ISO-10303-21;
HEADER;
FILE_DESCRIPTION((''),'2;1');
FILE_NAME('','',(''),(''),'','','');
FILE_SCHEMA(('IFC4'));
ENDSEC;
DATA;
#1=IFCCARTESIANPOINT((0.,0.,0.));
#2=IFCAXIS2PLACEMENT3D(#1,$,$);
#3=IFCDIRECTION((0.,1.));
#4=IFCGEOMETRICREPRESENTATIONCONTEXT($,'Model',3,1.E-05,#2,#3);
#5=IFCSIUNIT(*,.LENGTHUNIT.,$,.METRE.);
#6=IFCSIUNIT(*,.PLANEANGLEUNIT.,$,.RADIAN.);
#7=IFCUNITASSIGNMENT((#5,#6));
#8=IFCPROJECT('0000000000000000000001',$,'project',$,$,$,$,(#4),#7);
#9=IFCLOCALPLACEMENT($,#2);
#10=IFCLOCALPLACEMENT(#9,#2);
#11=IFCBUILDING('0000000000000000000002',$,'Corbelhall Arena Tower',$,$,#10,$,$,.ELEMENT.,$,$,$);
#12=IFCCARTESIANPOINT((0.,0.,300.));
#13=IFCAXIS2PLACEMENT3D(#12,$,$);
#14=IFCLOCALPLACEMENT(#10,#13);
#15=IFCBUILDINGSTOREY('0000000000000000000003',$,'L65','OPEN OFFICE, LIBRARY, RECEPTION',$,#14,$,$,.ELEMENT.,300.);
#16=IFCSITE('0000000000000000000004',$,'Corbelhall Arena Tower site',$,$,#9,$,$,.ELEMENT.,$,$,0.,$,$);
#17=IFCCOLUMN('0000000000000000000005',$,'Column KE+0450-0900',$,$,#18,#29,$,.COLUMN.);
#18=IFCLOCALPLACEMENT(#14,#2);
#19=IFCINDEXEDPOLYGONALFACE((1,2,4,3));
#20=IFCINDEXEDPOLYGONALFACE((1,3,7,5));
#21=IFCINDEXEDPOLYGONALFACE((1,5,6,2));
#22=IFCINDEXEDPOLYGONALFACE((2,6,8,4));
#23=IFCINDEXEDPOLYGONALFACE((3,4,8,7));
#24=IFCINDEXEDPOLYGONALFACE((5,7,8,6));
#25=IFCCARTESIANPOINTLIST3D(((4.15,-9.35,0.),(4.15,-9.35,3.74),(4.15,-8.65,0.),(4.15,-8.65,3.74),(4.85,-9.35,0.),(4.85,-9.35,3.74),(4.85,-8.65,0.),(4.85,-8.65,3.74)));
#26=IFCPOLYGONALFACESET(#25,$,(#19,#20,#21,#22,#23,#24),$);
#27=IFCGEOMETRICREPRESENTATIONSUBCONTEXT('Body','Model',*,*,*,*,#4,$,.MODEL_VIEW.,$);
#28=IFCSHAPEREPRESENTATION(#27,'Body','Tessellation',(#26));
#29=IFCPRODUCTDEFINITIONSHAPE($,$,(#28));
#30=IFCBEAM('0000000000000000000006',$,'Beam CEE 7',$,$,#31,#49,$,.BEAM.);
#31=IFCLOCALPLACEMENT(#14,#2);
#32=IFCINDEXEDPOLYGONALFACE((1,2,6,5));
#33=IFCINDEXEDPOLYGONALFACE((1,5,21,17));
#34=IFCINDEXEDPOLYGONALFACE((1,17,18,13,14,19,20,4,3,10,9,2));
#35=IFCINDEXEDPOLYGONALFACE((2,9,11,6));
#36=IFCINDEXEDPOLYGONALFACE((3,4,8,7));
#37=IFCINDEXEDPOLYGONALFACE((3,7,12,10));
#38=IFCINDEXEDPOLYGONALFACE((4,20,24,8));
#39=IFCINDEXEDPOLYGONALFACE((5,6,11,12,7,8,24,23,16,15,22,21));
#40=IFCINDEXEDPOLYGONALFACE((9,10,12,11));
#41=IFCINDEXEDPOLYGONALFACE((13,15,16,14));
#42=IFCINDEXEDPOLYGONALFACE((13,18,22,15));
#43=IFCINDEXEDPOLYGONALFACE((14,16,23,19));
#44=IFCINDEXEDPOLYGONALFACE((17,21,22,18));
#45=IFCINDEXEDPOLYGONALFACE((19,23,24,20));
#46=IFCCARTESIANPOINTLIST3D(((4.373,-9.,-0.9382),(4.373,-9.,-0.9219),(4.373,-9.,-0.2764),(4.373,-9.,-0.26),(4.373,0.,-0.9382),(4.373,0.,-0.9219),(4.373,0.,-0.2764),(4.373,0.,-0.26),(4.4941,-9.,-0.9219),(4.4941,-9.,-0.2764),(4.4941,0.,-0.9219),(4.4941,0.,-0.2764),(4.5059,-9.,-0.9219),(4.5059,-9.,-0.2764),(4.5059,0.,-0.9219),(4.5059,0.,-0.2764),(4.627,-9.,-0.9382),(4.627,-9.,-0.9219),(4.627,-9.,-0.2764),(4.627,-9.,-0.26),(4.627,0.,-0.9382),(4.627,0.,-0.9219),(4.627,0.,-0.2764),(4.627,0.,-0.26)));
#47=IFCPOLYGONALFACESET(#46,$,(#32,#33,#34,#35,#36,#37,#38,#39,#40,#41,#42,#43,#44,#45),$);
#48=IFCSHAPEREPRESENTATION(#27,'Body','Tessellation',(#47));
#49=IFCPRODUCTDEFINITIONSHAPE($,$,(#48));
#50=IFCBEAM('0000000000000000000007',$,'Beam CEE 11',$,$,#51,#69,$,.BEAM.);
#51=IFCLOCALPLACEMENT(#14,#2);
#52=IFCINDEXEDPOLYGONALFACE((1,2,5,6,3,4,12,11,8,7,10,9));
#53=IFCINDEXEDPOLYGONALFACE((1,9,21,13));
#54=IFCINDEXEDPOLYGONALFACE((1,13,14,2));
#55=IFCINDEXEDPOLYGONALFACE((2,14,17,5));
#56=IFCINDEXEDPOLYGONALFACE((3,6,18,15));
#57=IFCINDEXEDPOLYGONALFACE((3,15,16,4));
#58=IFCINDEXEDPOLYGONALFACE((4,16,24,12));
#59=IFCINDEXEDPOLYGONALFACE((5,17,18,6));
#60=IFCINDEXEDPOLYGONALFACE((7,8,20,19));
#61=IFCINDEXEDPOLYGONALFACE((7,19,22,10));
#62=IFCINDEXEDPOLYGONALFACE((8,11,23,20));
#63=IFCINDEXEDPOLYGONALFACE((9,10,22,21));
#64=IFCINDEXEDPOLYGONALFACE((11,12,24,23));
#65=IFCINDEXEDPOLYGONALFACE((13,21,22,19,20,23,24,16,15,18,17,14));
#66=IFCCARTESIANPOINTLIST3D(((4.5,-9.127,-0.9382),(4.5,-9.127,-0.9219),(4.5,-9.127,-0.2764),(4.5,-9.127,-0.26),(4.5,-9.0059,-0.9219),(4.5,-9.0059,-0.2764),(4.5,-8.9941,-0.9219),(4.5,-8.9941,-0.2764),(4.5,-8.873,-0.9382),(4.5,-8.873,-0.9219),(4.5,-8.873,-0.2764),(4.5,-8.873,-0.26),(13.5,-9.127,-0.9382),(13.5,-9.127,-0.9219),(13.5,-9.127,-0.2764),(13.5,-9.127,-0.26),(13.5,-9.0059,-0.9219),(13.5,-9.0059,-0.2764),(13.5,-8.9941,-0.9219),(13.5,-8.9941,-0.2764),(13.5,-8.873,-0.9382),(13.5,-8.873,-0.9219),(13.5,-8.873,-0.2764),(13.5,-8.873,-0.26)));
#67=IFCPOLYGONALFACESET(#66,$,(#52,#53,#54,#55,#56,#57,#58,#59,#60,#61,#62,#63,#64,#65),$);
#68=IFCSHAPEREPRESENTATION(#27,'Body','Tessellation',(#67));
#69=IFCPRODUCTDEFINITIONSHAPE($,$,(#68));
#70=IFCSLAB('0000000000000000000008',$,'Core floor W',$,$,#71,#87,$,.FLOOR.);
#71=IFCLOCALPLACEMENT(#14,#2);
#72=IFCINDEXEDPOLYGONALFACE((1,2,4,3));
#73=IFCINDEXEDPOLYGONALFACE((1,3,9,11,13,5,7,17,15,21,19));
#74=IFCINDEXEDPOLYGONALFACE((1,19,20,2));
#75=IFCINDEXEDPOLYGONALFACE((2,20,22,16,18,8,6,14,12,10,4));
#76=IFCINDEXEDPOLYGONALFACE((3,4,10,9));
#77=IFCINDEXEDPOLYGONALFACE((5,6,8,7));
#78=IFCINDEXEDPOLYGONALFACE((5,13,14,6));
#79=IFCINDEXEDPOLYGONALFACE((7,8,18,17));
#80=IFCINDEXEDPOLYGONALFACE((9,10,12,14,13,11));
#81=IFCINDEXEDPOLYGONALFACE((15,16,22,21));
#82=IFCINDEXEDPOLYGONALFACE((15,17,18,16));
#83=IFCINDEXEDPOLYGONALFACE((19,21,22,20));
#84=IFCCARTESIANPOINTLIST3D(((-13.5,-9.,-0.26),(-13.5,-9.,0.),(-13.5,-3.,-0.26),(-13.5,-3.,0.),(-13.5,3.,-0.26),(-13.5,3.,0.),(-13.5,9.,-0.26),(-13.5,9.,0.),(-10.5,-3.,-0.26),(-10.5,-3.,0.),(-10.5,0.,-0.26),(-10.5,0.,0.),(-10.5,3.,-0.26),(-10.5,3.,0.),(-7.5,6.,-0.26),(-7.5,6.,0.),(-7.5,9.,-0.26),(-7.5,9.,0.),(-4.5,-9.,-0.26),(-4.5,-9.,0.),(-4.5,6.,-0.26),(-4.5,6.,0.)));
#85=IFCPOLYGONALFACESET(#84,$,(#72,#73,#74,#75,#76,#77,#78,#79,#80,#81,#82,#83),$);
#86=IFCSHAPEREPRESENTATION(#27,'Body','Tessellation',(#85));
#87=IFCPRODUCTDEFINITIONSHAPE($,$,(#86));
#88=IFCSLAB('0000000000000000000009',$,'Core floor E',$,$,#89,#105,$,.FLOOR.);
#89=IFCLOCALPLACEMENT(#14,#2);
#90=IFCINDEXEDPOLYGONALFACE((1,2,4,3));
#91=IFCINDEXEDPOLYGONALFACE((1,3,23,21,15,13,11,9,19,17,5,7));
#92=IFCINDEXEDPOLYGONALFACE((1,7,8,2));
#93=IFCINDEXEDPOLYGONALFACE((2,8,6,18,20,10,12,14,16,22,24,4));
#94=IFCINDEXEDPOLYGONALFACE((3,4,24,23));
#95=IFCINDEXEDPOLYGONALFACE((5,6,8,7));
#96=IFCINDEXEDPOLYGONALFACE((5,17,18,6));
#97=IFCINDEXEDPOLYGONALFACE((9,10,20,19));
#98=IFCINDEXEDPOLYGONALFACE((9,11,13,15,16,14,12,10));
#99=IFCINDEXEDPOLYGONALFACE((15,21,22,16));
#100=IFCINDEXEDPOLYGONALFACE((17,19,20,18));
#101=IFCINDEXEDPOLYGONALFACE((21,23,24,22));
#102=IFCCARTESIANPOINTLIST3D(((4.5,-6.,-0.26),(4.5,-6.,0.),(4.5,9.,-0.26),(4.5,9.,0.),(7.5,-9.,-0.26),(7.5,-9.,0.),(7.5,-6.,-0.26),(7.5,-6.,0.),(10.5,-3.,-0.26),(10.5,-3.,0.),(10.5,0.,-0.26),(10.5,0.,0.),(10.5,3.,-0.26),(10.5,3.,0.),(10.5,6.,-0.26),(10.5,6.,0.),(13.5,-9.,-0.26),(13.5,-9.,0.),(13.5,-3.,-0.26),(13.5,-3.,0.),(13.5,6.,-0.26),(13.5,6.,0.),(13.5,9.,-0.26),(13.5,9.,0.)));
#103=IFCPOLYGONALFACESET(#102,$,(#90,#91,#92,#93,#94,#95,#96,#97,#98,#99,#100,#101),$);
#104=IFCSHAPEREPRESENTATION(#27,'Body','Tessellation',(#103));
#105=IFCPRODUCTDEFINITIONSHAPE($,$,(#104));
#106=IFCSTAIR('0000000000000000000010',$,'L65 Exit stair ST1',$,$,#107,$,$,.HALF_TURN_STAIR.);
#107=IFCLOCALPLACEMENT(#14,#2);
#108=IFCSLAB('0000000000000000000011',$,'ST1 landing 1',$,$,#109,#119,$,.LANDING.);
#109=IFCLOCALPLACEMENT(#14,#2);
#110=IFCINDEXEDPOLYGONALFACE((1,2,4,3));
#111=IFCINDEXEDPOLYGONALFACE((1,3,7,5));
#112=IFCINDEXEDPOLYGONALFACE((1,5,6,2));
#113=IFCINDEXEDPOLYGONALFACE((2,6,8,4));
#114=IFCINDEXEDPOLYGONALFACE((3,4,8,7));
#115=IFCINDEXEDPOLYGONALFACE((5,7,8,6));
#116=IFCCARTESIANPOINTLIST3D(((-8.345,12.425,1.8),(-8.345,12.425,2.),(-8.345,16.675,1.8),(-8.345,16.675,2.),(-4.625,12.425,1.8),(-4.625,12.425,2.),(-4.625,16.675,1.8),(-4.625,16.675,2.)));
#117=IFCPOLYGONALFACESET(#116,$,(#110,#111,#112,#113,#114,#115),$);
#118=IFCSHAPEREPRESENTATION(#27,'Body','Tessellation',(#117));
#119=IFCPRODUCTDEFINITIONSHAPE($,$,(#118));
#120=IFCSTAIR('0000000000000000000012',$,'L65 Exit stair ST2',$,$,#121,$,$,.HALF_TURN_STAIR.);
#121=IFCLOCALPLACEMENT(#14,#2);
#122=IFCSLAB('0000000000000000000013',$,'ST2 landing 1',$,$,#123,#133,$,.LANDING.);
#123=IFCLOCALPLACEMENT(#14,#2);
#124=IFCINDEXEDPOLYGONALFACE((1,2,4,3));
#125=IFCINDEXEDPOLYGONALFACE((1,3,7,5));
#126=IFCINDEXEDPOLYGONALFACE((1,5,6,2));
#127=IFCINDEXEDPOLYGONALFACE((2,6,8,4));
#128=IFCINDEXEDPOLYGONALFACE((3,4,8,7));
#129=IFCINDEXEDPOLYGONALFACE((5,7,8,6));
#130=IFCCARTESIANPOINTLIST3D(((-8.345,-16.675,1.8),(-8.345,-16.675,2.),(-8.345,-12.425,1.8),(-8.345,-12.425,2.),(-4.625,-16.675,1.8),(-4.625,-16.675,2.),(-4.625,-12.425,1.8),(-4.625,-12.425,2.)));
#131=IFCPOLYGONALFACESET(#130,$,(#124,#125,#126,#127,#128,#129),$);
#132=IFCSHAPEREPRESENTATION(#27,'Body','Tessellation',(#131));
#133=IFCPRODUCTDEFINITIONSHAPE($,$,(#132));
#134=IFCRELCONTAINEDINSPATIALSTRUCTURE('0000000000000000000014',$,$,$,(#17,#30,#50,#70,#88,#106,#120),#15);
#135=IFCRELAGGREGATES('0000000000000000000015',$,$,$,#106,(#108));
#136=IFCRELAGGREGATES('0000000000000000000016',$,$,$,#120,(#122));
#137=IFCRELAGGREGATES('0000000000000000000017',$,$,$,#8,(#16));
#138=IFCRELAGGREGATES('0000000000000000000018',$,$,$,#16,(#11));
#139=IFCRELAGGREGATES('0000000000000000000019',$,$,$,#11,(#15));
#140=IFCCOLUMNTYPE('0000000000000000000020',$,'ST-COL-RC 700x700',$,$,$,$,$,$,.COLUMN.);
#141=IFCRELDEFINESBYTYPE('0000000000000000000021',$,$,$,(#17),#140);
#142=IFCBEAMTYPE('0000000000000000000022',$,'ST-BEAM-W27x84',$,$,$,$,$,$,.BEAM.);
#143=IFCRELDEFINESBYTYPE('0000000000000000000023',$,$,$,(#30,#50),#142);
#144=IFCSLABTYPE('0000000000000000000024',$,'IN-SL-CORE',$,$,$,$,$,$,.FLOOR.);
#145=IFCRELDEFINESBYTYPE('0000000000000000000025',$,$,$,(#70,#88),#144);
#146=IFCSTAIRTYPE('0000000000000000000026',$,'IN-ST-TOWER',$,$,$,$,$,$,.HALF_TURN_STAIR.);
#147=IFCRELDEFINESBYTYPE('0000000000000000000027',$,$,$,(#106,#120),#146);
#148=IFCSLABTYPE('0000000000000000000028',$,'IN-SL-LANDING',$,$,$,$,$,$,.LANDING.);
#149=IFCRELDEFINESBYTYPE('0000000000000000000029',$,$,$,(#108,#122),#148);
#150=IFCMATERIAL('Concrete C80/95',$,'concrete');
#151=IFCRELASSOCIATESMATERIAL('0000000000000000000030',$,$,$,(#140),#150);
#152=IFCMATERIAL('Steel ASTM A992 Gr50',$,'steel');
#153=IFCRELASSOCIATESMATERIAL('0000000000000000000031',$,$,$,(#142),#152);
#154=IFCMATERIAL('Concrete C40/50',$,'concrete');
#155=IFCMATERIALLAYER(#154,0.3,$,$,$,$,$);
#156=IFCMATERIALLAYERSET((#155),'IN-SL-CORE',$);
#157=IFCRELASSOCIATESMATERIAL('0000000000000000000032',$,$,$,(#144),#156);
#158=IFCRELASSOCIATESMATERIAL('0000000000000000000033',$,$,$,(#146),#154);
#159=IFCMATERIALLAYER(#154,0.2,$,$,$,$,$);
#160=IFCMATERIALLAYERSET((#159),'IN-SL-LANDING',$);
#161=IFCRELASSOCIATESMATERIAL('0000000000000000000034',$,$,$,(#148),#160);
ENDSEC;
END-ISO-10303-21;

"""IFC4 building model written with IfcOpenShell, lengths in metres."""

from ifc_helpers import new_model, si_unit, direction, frame, origin, origin_2d, place, context, subcontext, project, spatial, polyline, rectangle, i_section, outline, extrude, material, layer, layer_set, material_profile, profile_set, type_object, element, aggregate, save


model = new_model("IFC4")

# Units and contexts
model_context = context("Model", 3, precision=1e-05, world=origin(), true_north=direction((0.0, 1.0)))
body_context = subcontext(model_context, "Body", "Model", "MODEL_VIEW")
ifc_project = project(units=[si_unit("LENGTHUNIT", "METRE"), si_unit("PLANEANGLEUNIT", "RADIAN")], contexts=[model_context])

# Site, building, storey
site_placement = place(None, origin())
site = spatial("IfcSite", under=ifc_project, at=site_placement, Name="Corbelhall Arena Tower site", CompositionType="ELEMENT", RefElevation=0.0)
building_placement = place(site_placement, origin())
building = spatial("IfcBuilding", under=site, at=building_placement, Name="Corbelhall Arena Tower", CompositionType="ELEMENT")
storey_placement = place(building_placement, frame((0.0, 0.0, 300.0)))
storey = spatial("IfcBuildingStorey", under=building, at=storey_placement, Name="L65", Description="OPEN OFFICE, LIBRARY, RECEPTION", CompositionType="ELEMENT", Elevation=300.0)

# Column
ifc_material_1 = material(Name="Concrete C80/95", Category="concrete")
ifc_material_profile_1 = material_profile(ifc_material_1, rectangle(XDim=0.7, YDim=0.7, at=origin_2d()))
ifc_profile_set_1 = profile_set([ifc_material_profile_1], Name="Concrete C80/95")
column_type = type_object("IfcColumnType", Name="ST-COL-RC 700x700", PredefinedType="COLUMN", material=ifc_profile_set_1)
column_placement = place(storey_placement, frame((4.5, -9.0, 0.0), z_axis=(0.0, 0.0, 1.0), x_axis=(1.0, 0.0, 0.0)))
element("IfcColumn", 1, at=column_placement, inside=storey, type_object=column_type, Name="Column KE+0450-0900", PredefinedType="COLUMN", context=body_context, shape_type="SweptSolid", body=[
    extrude(rectangle(XDim=0.7, YDim=0.7, at=origin_2d()), origin(), (0.0, 0.0, 1.0), 3.74),
])

# Beams
ifc_material_2 = material(Name="Steel ASTM A992 Gr50", Category="steel")
ifc_material_profile_2 = material_profile(ifc_material_2, i_section(OverallWidth=0.2539, OverallDepth=0.6782, WebThickness=0.0117, FlangeThickness=0.0164, at=origin_2d()))
ifc_profile_set_2 = profile_set([ifc_material_profile_2], Name="Steel ASTM A992 Gr50")
beam_type = type_object("IfcBeamType", Name="ST-BEAM-W27x84", PredefinedType="BEAM", material=ifc_profile_set_2)
for number, where, z_axis, x_axis, name in (
    (2, (4.5, -9.0, -0.5991), (0.0, 1.0, 0.0), (-1.0, 0.0, 0.0), "Beam CEE 7"),
    (3, (4.5, -9.0, -0.5991), (1.0, 0.0, 0.0), (0.0, 1.0, 0.0), "Beam CEE 11"),
):
    element("IfcBeam", number, at=place(storey_placement, frame(where, z_axis=z_axis, x_axis=x_axis)), inside=storey, type_object=beam_type, Name=name, PredefinedType="BEAM", context=body_context, shape_type="SweptSolid", body=[
        extrude(i_section(OverallWidth=0.2539, OverallDepth=0.6782, WebThickness=0.0117, FlangeThickness=0.0164, at=origin_2d()), origin(), (0.0, 0.0, 1.0), 9.0),
    ])

# Slabs
ifc_material_3 = material(Name="Concrete C40/50", Category="concrete")
ifc_layer_1 = layer(ifc_material_3, 0.3)
ifc_layer_set_1 = layer_set([ifc_layer_1], Name="IN-SL-CORE")
slab_type_1 = type_object("IfcSlabType", Name="IN-SL-CORE", PredefinedType="FLOOR", material=ifc_layer_set_1)
slab_1_placement = place(storey_placement, frame((0.0, 0.0, -0.26)))
element("IfcSlab", 4, at=slab_1_placement, inside=storey, type_object=slab_type_1, Name="Core floor W", PredefinedType="FLOOR", context=body_context, shape_type="SweptSolid", body=[
    extrude(outline(polyline([(-13.5, -3.0), (-13.5, -9.0), (-4.5, -9.0), (-4.5, 6.0), (-7.5, 6.0), (-7.5, 9.0), (-13.5, 9.0), (-13.5, 3.0), (-10.5, 3.0), (-10.5, 0.0), (-10.5, -3.0), (-13.5, -3.0)])), origin(), (0.0, 0.0, 1.0), 0.26),
])
slab_2_placement = place(storey_placement, frame((0.0, 0.0, -0.26)))
element("IfcSlab", 5, at=slab_2_placement, inside=storey, type_object=slab_type_1, Name="Core floor E", PredefinedType="FLOOR", context=body_context, shape_type="SweptSolid", body=[
    extrude(outline(polyline([(10.5, 0.0), (10.5, 3.0), (10.5, 6.0), (13.5, 6.0), (13.5, 9.0), (4.5, 9.0), (4.5, -6.0), (7.5, -6.0), (7.5, -9.0), (13.5, -9.0), (13.5, -3.0), (10.5, -3.0), (10.5, 0.0)])), origin(), (0.0, 0.0, 1.0), 0.26),
])

# Stairs, slabs
stair_type = type_object("IfcStairType", Name="IN-ST-TOWER", PredefinedType="HALF_TURN_STAIR", material=ifc_material_3)
stair_1_placement = place(storey_placement, origin())
stair_1 = element("IfcStair", 6, at=stair_1_placement, inside=storey, type_object=stair_type, Name="L65 Exit stair ST1", PredefinedType="HALF_TURN_STAIR")
ifc_layer_2 = layer(ifc_material_3, 0.2)
ifc_layer_set_2 = layer_set([ifc_layer_2], Name="IN-SL-LANDING")
slab_type_2 = type_object("IfcSlabType", Name="IN-SL-LANDING", PredefinedType="LANDING", material=ifc_layer_set_2)
slab_3_placement = place(storey_placement, frame((0.0, 0.0, 1.8)))
slab_3 = element("IfcSlab", 7, at=slab_3_placement, type_object=slab_type_2, Name="ST1 landing 1", PredefinedType="LANDING", context=body_context, shape_type="SweptSolid", body=[
    extrude(outline(polyline([(-8.345, 12.425), (-4.625, 12.425), (-4.625, 16.675), (-8.345, 16.675), (-8.345, 12.425)])), origin(), (0.0, 0.0, 1.0), 0.2),
])
aggregate(stair_1, [slab_3])
stair_2_placement = place(storey_placement, origin())
stair_2 = element("IfcStair", 8, at=stair_2_placement, inside=storey, type_object=stair_type, Name="L65 Exit stair ST2", PredefinedType="HALF_TURN_STAIR")
slab_4_placement = place(storey_placement, frame((0.0, 0.0, 1.8)))
slab_4 = element("IfcSlab", 9, at=slab_4_placement, type_object=slab_type_2, Name="ST2 landing 1", PredefinedType="LANDING", context=body_context, shape_type="SweptSolid", body=[
    extrude(outline(polyline([(-8.345, -16.675), (-4.625, -16.675), (-4.625, -12.425), (-8.345, -12.425), (-8.345, -16.675)])), origin(), (0.0, 0.0, 1.0), 0.2),
])
aggregate(stair_2, [slab_4])

save(model, "model.ifc")
